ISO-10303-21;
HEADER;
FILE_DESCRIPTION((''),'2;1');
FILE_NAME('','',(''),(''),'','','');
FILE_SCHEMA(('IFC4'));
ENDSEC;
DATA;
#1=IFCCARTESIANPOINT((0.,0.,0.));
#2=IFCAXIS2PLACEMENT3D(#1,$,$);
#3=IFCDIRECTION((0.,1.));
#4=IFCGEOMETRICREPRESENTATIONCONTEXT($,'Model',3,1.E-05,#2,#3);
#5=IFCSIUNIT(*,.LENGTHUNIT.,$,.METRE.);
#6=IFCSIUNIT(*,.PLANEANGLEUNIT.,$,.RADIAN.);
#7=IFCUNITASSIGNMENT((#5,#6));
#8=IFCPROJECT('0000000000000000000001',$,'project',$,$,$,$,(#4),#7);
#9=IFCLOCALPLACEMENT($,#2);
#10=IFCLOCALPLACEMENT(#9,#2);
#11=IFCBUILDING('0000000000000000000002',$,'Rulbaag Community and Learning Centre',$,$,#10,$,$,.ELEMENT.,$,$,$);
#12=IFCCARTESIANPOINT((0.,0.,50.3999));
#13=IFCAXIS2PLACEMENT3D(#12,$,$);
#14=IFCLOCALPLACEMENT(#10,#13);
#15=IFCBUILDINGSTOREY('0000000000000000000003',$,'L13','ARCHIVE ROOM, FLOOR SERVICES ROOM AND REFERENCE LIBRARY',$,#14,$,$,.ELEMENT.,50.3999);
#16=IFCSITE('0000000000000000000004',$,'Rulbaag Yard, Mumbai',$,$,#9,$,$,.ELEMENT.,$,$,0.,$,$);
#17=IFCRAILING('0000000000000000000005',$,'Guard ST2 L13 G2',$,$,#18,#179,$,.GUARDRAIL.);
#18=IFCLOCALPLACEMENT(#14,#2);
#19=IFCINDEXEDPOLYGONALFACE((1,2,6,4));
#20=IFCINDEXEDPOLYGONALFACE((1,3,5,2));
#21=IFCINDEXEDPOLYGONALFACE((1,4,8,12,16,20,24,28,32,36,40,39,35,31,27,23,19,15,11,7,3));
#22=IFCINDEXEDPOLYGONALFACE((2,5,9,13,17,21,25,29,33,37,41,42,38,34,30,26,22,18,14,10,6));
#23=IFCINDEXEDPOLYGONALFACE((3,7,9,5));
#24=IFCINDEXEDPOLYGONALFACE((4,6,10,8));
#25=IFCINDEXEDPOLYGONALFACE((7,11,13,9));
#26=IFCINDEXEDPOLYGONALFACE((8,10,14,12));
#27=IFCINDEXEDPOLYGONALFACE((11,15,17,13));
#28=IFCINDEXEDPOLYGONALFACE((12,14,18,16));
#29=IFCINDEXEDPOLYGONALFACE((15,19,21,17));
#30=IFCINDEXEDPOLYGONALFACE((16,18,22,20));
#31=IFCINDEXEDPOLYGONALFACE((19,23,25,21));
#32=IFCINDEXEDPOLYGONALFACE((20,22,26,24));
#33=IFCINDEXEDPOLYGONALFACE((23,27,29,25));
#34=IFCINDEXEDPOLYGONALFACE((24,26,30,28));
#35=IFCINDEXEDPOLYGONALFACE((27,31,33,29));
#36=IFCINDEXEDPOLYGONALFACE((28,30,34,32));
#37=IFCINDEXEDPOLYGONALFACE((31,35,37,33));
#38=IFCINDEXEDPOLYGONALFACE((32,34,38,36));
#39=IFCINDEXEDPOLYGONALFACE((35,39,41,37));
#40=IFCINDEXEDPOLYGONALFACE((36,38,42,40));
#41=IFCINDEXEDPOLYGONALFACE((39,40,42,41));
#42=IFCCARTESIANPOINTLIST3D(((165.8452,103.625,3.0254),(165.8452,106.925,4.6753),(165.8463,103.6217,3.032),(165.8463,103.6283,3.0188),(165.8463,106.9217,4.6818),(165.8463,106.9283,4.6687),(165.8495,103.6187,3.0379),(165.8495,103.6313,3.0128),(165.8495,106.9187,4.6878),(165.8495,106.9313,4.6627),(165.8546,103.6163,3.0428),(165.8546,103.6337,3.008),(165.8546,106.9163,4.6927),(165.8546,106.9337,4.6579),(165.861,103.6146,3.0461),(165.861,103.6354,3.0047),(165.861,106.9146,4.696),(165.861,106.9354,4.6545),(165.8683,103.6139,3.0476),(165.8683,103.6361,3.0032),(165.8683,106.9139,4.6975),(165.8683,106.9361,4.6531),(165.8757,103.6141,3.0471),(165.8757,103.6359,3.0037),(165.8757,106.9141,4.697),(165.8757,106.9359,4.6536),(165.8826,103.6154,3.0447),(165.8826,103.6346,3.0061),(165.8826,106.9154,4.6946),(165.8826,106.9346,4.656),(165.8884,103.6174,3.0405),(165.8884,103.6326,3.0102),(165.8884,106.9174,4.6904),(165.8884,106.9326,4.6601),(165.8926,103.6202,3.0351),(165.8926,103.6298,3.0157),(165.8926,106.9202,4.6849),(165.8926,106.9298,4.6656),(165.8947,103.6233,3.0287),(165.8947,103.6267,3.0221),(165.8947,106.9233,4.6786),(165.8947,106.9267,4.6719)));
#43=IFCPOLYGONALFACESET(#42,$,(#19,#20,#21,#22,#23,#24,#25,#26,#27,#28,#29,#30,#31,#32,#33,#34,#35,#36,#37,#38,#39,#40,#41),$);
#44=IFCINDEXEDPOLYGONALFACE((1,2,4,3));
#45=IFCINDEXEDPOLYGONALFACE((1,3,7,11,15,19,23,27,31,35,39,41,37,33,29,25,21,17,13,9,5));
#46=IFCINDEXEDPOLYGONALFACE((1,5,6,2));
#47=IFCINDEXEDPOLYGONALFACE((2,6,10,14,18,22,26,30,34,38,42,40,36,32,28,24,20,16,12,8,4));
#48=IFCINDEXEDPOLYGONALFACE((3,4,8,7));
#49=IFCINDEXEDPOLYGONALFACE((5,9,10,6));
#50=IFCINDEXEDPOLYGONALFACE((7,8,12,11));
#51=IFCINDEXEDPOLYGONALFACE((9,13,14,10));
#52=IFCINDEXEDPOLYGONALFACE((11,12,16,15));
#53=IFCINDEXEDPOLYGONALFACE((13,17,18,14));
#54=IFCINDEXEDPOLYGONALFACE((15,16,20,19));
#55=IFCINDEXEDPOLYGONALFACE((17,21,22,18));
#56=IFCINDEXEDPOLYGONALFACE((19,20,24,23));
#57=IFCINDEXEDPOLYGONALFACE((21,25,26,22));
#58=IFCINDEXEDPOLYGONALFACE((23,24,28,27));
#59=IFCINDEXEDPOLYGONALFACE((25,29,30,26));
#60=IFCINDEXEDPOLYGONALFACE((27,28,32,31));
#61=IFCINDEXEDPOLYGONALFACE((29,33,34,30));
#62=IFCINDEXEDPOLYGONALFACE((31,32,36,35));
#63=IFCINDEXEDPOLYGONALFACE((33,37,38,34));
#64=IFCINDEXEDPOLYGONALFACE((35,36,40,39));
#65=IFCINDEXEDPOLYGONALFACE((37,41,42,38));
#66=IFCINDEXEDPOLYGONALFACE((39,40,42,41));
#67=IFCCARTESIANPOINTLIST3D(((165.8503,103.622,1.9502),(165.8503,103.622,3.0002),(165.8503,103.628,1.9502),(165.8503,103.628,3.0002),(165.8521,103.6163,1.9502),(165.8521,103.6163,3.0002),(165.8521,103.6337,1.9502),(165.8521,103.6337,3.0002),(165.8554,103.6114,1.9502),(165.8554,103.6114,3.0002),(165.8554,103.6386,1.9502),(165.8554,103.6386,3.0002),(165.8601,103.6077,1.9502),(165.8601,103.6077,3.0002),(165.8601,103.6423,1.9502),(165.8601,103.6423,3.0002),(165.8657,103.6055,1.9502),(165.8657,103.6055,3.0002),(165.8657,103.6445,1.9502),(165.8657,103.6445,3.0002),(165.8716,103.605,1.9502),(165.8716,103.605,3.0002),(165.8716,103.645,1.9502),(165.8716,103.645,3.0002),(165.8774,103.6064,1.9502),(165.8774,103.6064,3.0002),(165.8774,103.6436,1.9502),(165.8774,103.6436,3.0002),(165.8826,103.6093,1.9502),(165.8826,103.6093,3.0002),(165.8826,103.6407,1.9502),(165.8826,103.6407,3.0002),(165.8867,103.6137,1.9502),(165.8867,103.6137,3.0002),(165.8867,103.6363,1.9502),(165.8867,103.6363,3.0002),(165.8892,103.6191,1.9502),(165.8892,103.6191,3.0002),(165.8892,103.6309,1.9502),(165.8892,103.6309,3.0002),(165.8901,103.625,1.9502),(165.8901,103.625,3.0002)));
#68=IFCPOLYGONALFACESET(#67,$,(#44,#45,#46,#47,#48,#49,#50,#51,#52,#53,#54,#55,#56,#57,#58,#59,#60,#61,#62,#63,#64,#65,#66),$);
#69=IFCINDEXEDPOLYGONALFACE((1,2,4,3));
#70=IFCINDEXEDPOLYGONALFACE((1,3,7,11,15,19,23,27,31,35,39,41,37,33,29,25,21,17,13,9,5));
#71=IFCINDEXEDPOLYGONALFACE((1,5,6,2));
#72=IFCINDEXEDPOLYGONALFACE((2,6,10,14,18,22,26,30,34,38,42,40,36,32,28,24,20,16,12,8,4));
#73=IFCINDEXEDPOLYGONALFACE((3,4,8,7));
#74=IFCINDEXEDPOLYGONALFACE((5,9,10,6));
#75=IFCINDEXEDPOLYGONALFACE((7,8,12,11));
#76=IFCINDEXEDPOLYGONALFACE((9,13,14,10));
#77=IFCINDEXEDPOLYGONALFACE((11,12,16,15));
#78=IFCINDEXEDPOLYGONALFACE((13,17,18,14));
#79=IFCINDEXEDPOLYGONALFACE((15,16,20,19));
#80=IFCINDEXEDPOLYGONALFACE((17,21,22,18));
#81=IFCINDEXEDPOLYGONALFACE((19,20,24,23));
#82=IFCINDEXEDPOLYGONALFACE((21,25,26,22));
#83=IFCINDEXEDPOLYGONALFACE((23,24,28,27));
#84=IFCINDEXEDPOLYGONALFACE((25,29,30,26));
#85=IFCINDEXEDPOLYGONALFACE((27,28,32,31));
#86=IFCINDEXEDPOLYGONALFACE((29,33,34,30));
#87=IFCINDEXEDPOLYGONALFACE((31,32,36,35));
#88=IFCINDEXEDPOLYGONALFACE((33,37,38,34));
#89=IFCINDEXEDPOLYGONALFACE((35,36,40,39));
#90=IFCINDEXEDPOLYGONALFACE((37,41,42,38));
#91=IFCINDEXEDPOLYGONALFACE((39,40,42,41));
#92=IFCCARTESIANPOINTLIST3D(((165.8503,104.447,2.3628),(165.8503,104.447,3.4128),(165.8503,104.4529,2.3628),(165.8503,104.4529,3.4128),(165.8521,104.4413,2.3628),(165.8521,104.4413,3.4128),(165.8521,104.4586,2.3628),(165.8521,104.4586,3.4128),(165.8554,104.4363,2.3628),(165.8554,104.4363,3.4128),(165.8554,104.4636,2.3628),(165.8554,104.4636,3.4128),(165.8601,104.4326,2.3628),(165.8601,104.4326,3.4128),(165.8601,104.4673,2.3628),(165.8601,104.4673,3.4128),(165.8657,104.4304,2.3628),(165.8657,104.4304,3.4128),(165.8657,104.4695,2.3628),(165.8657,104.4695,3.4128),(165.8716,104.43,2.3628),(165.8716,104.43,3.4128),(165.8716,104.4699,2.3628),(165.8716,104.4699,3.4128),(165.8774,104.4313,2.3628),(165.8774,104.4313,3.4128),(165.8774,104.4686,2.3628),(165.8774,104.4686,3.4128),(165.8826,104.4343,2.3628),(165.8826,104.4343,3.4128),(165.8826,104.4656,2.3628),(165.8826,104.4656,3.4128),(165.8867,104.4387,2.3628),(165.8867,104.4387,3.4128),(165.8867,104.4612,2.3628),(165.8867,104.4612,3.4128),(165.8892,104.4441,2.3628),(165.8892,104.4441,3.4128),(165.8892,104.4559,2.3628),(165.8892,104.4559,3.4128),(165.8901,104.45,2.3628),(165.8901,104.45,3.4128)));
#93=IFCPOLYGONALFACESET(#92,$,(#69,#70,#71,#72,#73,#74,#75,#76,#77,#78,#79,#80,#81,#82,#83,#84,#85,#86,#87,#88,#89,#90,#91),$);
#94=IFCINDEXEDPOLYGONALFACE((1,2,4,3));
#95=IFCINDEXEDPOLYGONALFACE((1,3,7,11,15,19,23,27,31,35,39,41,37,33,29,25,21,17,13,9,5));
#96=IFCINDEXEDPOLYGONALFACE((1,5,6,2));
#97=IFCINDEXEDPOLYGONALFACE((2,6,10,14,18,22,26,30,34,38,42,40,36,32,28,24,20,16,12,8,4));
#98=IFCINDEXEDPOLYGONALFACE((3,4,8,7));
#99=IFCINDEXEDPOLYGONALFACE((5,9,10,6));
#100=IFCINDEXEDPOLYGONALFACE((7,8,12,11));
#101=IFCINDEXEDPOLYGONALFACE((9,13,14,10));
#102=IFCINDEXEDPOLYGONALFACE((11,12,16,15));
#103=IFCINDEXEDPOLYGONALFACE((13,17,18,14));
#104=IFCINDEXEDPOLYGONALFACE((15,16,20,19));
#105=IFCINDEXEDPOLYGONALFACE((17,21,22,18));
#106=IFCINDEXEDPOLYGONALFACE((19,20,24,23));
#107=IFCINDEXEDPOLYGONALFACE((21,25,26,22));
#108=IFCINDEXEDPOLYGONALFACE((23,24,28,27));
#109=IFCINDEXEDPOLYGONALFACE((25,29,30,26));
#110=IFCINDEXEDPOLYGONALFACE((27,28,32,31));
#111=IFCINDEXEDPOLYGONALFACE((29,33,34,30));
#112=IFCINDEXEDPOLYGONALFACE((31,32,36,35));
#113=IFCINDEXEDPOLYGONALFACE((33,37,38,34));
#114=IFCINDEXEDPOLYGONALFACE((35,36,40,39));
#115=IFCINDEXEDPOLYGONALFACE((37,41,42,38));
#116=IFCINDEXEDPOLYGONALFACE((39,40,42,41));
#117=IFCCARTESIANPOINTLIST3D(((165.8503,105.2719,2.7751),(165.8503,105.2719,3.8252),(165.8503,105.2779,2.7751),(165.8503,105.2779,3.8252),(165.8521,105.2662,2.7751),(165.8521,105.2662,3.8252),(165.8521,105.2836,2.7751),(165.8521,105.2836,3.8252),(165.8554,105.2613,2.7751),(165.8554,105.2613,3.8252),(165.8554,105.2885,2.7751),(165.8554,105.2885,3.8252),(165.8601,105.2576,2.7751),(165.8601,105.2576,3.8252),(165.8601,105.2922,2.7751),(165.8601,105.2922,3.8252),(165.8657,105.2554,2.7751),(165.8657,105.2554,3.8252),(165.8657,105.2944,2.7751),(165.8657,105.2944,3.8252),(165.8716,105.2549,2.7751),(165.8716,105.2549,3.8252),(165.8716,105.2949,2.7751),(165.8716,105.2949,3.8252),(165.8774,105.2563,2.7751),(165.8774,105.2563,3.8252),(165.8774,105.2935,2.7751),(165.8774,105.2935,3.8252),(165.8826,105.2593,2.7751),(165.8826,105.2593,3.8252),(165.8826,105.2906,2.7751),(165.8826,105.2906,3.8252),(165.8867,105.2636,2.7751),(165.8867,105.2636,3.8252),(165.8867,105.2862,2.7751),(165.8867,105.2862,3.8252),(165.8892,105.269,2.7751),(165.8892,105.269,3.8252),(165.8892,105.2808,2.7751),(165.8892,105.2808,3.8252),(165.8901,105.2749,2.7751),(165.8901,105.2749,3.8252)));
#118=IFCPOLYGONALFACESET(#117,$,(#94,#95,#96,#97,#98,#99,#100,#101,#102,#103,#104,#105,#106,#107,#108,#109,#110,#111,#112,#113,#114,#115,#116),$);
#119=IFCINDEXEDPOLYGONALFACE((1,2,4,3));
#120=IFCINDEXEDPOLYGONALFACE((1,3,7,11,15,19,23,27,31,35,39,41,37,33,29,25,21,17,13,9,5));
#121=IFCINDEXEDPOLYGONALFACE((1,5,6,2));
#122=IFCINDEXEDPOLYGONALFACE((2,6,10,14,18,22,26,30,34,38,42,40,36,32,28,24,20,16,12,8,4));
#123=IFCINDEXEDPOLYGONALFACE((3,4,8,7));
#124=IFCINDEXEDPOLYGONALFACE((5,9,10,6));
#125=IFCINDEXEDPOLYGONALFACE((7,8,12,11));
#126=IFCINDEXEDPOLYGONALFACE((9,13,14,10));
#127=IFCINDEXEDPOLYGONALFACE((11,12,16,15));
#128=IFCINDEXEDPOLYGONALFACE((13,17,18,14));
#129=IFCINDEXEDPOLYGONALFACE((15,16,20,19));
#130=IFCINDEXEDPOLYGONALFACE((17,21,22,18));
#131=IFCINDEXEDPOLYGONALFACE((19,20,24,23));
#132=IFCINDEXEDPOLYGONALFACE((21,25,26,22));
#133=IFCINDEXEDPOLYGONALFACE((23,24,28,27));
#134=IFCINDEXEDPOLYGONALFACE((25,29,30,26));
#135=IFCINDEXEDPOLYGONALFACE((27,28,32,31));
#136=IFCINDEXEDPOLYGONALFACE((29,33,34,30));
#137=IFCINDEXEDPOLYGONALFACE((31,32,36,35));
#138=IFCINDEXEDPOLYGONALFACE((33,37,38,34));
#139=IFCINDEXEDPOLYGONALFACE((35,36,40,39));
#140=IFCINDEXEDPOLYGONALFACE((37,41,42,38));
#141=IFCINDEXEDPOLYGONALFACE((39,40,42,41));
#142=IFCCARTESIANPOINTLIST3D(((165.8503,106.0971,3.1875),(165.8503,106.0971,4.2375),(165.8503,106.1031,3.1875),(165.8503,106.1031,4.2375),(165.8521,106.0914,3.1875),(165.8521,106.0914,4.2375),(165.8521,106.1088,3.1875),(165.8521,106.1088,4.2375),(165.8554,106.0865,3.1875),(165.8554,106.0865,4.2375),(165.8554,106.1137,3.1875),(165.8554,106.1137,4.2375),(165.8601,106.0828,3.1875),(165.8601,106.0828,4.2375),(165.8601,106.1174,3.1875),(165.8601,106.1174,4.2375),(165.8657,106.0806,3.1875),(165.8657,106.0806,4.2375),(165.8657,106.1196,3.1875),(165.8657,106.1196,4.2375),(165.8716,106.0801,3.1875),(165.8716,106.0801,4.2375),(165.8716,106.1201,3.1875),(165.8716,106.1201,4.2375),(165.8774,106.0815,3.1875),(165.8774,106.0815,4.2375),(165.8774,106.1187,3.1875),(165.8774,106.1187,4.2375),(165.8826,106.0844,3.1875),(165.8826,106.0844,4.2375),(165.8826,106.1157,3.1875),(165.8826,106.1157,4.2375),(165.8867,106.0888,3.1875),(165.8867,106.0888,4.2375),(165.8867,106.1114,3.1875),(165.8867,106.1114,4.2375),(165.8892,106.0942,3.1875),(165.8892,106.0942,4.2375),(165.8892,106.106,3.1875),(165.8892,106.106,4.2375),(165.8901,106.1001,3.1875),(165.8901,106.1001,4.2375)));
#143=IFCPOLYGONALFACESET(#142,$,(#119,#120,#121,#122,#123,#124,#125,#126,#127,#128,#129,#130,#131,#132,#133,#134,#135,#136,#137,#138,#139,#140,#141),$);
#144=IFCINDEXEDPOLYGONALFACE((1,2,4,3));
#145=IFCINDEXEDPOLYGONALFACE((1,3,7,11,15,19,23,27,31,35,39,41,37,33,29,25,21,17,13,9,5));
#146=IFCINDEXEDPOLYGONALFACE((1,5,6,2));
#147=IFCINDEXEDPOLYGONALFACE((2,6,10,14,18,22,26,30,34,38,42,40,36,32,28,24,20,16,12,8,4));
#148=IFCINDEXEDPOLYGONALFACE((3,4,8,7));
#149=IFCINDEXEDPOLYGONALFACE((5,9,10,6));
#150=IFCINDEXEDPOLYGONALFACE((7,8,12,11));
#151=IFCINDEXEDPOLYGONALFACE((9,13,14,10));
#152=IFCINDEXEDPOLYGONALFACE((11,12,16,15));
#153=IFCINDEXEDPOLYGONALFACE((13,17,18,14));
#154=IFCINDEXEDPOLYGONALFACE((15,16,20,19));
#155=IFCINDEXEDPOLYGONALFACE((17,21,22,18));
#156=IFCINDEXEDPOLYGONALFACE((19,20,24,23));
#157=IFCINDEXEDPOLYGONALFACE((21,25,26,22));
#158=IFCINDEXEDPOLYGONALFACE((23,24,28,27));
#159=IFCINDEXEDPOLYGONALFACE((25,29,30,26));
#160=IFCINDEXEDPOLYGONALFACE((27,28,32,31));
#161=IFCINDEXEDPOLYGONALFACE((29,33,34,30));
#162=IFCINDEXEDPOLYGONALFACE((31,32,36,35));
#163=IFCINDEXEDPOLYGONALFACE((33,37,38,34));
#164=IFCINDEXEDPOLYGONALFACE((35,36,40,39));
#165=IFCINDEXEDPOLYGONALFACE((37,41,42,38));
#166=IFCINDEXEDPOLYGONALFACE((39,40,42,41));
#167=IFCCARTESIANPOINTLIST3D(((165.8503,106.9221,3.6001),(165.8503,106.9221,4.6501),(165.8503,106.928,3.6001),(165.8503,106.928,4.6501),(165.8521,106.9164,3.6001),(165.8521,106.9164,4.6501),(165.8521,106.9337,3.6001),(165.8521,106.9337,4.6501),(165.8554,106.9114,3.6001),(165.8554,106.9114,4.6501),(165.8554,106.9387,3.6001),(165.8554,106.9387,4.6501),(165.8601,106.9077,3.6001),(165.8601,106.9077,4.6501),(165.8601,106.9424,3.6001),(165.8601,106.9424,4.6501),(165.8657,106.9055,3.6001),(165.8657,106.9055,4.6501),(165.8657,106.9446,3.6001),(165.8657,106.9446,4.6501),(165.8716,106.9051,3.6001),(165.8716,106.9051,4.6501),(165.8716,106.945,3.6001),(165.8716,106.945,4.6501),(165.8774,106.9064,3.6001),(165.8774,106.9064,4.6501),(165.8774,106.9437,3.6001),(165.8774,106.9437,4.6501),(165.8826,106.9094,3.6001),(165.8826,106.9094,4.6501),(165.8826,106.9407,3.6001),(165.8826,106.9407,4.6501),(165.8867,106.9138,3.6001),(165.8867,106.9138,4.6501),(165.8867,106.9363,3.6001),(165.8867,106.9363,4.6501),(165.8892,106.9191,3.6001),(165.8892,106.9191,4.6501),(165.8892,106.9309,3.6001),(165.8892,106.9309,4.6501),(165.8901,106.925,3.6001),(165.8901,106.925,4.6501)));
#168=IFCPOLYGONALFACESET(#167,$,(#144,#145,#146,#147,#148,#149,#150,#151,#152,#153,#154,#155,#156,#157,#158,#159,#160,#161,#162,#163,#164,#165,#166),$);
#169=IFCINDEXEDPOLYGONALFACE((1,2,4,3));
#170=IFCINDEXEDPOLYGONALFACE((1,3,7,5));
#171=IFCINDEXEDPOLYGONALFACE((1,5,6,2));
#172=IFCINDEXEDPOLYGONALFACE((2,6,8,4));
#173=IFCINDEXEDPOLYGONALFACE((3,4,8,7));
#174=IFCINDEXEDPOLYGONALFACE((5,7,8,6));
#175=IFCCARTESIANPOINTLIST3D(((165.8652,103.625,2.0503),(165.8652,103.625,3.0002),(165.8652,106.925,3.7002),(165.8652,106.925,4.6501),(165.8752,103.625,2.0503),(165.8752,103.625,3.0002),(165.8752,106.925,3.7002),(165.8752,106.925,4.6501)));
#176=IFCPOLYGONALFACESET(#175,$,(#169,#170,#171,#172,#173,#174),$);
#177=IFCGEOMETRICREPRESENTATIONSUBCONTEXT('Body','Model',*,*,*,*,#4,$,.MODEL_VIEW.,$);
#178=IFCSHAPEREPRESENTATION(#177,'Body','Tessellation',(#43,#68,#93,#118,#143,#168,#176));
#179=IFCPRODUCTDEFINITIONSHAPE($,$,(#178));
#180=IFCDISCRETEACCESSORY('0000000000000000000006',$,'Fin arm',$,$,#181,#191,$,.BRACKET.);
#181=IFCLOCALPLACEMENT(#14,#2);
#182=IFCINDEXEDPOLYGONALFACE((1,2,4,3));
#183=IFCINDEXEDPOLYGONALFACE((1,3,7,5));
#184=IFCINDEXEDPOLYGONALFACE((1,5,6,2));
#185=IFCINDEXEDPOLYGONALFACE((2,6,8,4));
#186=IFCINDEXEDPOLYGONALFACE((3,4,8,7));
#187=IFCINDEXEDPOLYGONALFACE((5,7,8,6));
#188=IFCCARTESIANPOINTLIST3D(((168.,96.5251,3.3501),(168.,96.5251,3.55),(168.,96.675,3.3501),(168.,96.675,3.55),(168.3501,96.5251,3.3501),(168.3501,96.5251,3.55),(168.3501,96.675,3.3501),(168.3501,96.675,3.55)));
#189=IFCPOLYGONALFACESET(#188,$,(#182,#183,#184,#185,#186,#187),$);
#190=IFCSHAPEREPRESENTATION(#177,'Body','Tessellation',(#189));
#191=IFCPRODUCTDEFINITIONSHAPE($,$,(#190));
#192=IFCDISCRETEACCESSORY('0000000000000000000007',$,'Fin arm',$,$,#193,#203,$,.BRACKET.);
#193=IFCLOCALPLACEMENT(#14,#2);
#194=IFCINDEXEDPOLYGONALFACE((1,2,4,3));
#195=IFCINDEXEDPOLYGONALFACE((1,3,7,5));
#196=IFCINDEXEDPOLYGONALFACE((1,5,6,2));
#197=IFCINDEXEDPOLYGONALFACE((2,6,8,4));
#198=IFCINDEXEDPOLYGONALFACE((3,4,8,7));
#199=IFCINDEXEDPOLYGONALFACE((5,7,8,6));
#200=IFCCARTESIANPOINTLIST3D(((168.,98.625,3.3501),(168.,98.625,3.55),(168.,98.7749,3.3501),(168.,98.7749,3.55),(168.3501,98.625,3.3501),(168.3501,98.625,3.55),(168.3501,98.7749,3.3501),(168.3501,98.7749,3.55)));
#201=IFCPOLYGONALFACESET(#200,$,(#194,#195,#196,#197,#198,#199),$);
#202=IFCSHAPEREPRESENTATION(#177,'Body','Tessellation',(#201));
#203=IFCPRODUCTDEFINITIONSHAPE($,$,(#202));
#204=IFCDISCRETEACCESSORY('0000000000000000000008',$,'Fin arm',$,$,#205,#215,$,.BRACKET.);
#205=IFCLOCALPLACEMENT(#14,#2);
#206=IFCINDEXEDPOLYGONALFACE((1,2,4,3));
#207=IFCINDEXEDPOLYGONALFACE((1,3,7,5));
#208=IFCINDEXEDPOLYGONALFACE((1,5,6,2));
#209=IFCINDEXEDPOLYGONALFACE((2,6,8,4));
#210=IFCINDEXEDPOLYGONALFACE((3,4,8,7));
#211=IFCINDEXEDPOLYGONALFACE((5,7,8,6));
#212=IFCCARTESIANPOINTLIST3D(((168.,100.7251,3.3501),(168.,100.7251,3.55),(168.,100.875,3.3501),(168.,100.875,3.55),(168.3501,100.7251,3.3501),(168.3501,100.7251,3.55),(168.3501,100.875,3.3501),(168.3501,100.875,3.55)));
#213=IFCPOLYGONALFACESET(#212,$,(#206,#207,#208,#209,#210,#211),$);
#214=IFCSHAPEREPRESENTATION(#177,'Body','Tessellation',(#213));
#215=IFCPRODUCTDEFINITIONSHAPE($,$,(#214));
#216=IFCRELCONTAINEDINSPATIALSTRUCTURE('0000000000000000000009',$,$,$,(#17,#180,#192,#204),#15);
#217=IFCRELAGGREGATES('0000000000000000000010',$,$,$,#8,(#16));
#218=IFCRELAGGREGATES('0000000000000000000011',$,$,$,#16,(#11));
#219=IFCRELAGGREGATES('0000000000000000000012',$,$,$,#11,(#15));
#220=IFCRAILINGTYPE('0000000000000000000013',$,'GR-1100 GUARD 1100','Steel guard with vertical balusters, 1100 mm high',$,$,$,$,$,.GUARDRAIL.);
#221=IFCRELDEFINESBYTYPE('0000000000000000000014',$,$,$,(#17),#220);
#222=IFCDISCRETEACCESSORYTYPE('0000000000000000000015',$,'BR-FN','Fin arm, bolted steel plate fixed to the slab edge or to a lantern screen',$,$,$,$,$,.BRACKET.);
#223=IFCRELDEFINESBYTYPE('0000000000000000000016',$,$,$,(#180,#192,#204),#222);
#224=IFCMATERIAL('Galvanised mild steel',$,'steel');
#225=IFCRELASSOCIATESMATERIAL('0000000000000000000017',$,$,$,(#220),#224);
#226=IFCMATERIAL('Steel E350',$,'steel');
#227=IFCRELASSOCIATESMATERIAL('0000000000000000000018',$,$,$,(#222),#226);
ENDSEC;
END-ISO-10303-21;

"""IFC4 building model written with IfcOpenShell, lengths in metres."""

from ifc_helpers import new_model, si_unit, direction, frame, origin, origin_2d, place, context, subcontext, project, spatial, polyline, rectangle, circle, outline, extrude, material, type_object, element, save


model = new_model("IFC4")

# Units and contexts
model_context = context("Model", 3, precision=1e-05, world=origin(), true_north=direction((0.0, 1.0)))
body_context = subcontext(model_context, "Body", "Model", "MODEL_VIEW")
ifc_project = project(units=[si_unit("LENGTHUNIT", "METRE"), si_unit("PLANEANGLEUNIT", "RADIAN")], contexts=[model_context])

# Site, building, storey
site_placement = place(None, origin())
site = spatial("IfcSite", under=ifc_project, at=site_placement, Name="Rulbaag Yard, Mumbai", CompositionType="ELEMENT", RefElevation=0.0)
building_placement = place(site_placement, origin())
building = spatial("IfcBuilding", under=site, at=building_placement, Name="Rulbaag Community and Learning Centre", CompositionType="ELEMENT")
storey_placement = place(building_placement, frame((0.0, 0.0, 50.3999)))
storey = spatial("IfcBuildingStorey", under=building, at=storey_placement, Name="L13", Description="ARCHIVE ROOM, FLOOR SERVICES ROOM AND REFERENCE LIBRARY", CompositionType="ELEMENT", Elevation=50.3999)

# Railing
ifc_material_1 = material(Name="Galvanised mild steel", Category="steel")
railing_type_1 = type_object("IfcRailingType", Name="GR-1100 GUARD 1100", Description="Steel guard with vertical balusters, 1100 mm high", PredefinedType="GUARDRAIL", material=ifc_material_1)
railing_1_placement = place(storey_placement, frame((165.8701, 103.625, 1.9502)))
element("IfcRailing", 1, at=railing_1_placement, inside=storey, type_object=railing_type_1, Name="Guard ST2 L13 G2", PredefinedType="GUARDRAIL", context=body_context, shape_type="SweptSolid", body=[
    extrude(circle(Radius=0.0249, at=origin_2d()), frame((0.0, 0.0, 1.0752), z_axis=(0.0, 0.89444, 0.447187), x_axis=(-1.0, 0.0, 0.0)), (0.0, 0.0, 1.0), 3.6895),
    extrude(circle(Radius=0.02, at=origin_2d()), origin(), (0.0, 0.0, 1.0), 1.05),
    extrude(circle(Radius=0.02, at=origin_2d()), frame((0.0, 0.825, 0.4126)), (0.0, 0.0, 1.0), 1.05),
    extrude(circle(Radius=0.02, at=origin_2d()), frame((0.0, 1.6499, 0.825)), (0.0, 0.0, 1.0), 1.05),
    extrude(circle(Radius=0.02, at=origin_2d()), frame((0.0, 2.4751, 1.2373)), (0.0, 0.0, 1.0), 1.05),
    extrude(circle(Radius=0.02, at=origin_2d()), frame((0.0, 3.3, 1.6499)), (0.0, 0.0, 1.0), 1.05),
    extrude(outline(polyline([(0.0, 0.0), (3.3, 1.6499), (3.3, 2.5999), (0.0, 0.95), (0.0, 0.0)])), frame((-0.0049, 0.0, 0.1001), z_axis=(1.0, 0.0, 0.0), x_axis=(0.0, 1.0, 0.0)), (0.0, 0.0, 1.0), 0.01),
])

# Discrete accessories
ifc_material_2 = material(Name="Steel E350", Category="steel")
discrete_accessory_type = type_object("IfcDiscreteAccessoryType", Name="BR-FN", Description="Fin arm, bolted steel plate fixed to the slab edge or to a lantern screen", PredefinedType="BRACKET", material=ifc_material_2)
for number, where, z_axis, x_axis, name in (
    (2, (168.175, 96.6001, 3.3501), (0.0, 0.0, 1.0), (1.0, 0.0, 0.0), "Fin arm"),
    (3, (168.175, 98.7, 3.3501), (0.0, 0.0, 1.0), (1.0, 0.0, 0.0), "Fin arm"),
    (4, (168.175, 100.8, 3.3501), (0.0, 0.0, 1.0), (1.0, 0.0, 0.0), "Fin arm"),
):
    element("IfcDiscreteAccessory", number, at=place(storey_placement, frame(where, z_axis=z_axis, x_axis=x_axis)), inside=storey, type_object=discrete_accessory_type, Name=name, PredefinedType="BRACKET", context=body_context, shape_type="SweptSolid", body=[
        extrude(rectangle(XDim=0.3501, YDim=0.1499, at=origin_2d()), origin(), (0.0, 0.0, 1.0), 0.2),
    ])

save(model, "model.ifc")
